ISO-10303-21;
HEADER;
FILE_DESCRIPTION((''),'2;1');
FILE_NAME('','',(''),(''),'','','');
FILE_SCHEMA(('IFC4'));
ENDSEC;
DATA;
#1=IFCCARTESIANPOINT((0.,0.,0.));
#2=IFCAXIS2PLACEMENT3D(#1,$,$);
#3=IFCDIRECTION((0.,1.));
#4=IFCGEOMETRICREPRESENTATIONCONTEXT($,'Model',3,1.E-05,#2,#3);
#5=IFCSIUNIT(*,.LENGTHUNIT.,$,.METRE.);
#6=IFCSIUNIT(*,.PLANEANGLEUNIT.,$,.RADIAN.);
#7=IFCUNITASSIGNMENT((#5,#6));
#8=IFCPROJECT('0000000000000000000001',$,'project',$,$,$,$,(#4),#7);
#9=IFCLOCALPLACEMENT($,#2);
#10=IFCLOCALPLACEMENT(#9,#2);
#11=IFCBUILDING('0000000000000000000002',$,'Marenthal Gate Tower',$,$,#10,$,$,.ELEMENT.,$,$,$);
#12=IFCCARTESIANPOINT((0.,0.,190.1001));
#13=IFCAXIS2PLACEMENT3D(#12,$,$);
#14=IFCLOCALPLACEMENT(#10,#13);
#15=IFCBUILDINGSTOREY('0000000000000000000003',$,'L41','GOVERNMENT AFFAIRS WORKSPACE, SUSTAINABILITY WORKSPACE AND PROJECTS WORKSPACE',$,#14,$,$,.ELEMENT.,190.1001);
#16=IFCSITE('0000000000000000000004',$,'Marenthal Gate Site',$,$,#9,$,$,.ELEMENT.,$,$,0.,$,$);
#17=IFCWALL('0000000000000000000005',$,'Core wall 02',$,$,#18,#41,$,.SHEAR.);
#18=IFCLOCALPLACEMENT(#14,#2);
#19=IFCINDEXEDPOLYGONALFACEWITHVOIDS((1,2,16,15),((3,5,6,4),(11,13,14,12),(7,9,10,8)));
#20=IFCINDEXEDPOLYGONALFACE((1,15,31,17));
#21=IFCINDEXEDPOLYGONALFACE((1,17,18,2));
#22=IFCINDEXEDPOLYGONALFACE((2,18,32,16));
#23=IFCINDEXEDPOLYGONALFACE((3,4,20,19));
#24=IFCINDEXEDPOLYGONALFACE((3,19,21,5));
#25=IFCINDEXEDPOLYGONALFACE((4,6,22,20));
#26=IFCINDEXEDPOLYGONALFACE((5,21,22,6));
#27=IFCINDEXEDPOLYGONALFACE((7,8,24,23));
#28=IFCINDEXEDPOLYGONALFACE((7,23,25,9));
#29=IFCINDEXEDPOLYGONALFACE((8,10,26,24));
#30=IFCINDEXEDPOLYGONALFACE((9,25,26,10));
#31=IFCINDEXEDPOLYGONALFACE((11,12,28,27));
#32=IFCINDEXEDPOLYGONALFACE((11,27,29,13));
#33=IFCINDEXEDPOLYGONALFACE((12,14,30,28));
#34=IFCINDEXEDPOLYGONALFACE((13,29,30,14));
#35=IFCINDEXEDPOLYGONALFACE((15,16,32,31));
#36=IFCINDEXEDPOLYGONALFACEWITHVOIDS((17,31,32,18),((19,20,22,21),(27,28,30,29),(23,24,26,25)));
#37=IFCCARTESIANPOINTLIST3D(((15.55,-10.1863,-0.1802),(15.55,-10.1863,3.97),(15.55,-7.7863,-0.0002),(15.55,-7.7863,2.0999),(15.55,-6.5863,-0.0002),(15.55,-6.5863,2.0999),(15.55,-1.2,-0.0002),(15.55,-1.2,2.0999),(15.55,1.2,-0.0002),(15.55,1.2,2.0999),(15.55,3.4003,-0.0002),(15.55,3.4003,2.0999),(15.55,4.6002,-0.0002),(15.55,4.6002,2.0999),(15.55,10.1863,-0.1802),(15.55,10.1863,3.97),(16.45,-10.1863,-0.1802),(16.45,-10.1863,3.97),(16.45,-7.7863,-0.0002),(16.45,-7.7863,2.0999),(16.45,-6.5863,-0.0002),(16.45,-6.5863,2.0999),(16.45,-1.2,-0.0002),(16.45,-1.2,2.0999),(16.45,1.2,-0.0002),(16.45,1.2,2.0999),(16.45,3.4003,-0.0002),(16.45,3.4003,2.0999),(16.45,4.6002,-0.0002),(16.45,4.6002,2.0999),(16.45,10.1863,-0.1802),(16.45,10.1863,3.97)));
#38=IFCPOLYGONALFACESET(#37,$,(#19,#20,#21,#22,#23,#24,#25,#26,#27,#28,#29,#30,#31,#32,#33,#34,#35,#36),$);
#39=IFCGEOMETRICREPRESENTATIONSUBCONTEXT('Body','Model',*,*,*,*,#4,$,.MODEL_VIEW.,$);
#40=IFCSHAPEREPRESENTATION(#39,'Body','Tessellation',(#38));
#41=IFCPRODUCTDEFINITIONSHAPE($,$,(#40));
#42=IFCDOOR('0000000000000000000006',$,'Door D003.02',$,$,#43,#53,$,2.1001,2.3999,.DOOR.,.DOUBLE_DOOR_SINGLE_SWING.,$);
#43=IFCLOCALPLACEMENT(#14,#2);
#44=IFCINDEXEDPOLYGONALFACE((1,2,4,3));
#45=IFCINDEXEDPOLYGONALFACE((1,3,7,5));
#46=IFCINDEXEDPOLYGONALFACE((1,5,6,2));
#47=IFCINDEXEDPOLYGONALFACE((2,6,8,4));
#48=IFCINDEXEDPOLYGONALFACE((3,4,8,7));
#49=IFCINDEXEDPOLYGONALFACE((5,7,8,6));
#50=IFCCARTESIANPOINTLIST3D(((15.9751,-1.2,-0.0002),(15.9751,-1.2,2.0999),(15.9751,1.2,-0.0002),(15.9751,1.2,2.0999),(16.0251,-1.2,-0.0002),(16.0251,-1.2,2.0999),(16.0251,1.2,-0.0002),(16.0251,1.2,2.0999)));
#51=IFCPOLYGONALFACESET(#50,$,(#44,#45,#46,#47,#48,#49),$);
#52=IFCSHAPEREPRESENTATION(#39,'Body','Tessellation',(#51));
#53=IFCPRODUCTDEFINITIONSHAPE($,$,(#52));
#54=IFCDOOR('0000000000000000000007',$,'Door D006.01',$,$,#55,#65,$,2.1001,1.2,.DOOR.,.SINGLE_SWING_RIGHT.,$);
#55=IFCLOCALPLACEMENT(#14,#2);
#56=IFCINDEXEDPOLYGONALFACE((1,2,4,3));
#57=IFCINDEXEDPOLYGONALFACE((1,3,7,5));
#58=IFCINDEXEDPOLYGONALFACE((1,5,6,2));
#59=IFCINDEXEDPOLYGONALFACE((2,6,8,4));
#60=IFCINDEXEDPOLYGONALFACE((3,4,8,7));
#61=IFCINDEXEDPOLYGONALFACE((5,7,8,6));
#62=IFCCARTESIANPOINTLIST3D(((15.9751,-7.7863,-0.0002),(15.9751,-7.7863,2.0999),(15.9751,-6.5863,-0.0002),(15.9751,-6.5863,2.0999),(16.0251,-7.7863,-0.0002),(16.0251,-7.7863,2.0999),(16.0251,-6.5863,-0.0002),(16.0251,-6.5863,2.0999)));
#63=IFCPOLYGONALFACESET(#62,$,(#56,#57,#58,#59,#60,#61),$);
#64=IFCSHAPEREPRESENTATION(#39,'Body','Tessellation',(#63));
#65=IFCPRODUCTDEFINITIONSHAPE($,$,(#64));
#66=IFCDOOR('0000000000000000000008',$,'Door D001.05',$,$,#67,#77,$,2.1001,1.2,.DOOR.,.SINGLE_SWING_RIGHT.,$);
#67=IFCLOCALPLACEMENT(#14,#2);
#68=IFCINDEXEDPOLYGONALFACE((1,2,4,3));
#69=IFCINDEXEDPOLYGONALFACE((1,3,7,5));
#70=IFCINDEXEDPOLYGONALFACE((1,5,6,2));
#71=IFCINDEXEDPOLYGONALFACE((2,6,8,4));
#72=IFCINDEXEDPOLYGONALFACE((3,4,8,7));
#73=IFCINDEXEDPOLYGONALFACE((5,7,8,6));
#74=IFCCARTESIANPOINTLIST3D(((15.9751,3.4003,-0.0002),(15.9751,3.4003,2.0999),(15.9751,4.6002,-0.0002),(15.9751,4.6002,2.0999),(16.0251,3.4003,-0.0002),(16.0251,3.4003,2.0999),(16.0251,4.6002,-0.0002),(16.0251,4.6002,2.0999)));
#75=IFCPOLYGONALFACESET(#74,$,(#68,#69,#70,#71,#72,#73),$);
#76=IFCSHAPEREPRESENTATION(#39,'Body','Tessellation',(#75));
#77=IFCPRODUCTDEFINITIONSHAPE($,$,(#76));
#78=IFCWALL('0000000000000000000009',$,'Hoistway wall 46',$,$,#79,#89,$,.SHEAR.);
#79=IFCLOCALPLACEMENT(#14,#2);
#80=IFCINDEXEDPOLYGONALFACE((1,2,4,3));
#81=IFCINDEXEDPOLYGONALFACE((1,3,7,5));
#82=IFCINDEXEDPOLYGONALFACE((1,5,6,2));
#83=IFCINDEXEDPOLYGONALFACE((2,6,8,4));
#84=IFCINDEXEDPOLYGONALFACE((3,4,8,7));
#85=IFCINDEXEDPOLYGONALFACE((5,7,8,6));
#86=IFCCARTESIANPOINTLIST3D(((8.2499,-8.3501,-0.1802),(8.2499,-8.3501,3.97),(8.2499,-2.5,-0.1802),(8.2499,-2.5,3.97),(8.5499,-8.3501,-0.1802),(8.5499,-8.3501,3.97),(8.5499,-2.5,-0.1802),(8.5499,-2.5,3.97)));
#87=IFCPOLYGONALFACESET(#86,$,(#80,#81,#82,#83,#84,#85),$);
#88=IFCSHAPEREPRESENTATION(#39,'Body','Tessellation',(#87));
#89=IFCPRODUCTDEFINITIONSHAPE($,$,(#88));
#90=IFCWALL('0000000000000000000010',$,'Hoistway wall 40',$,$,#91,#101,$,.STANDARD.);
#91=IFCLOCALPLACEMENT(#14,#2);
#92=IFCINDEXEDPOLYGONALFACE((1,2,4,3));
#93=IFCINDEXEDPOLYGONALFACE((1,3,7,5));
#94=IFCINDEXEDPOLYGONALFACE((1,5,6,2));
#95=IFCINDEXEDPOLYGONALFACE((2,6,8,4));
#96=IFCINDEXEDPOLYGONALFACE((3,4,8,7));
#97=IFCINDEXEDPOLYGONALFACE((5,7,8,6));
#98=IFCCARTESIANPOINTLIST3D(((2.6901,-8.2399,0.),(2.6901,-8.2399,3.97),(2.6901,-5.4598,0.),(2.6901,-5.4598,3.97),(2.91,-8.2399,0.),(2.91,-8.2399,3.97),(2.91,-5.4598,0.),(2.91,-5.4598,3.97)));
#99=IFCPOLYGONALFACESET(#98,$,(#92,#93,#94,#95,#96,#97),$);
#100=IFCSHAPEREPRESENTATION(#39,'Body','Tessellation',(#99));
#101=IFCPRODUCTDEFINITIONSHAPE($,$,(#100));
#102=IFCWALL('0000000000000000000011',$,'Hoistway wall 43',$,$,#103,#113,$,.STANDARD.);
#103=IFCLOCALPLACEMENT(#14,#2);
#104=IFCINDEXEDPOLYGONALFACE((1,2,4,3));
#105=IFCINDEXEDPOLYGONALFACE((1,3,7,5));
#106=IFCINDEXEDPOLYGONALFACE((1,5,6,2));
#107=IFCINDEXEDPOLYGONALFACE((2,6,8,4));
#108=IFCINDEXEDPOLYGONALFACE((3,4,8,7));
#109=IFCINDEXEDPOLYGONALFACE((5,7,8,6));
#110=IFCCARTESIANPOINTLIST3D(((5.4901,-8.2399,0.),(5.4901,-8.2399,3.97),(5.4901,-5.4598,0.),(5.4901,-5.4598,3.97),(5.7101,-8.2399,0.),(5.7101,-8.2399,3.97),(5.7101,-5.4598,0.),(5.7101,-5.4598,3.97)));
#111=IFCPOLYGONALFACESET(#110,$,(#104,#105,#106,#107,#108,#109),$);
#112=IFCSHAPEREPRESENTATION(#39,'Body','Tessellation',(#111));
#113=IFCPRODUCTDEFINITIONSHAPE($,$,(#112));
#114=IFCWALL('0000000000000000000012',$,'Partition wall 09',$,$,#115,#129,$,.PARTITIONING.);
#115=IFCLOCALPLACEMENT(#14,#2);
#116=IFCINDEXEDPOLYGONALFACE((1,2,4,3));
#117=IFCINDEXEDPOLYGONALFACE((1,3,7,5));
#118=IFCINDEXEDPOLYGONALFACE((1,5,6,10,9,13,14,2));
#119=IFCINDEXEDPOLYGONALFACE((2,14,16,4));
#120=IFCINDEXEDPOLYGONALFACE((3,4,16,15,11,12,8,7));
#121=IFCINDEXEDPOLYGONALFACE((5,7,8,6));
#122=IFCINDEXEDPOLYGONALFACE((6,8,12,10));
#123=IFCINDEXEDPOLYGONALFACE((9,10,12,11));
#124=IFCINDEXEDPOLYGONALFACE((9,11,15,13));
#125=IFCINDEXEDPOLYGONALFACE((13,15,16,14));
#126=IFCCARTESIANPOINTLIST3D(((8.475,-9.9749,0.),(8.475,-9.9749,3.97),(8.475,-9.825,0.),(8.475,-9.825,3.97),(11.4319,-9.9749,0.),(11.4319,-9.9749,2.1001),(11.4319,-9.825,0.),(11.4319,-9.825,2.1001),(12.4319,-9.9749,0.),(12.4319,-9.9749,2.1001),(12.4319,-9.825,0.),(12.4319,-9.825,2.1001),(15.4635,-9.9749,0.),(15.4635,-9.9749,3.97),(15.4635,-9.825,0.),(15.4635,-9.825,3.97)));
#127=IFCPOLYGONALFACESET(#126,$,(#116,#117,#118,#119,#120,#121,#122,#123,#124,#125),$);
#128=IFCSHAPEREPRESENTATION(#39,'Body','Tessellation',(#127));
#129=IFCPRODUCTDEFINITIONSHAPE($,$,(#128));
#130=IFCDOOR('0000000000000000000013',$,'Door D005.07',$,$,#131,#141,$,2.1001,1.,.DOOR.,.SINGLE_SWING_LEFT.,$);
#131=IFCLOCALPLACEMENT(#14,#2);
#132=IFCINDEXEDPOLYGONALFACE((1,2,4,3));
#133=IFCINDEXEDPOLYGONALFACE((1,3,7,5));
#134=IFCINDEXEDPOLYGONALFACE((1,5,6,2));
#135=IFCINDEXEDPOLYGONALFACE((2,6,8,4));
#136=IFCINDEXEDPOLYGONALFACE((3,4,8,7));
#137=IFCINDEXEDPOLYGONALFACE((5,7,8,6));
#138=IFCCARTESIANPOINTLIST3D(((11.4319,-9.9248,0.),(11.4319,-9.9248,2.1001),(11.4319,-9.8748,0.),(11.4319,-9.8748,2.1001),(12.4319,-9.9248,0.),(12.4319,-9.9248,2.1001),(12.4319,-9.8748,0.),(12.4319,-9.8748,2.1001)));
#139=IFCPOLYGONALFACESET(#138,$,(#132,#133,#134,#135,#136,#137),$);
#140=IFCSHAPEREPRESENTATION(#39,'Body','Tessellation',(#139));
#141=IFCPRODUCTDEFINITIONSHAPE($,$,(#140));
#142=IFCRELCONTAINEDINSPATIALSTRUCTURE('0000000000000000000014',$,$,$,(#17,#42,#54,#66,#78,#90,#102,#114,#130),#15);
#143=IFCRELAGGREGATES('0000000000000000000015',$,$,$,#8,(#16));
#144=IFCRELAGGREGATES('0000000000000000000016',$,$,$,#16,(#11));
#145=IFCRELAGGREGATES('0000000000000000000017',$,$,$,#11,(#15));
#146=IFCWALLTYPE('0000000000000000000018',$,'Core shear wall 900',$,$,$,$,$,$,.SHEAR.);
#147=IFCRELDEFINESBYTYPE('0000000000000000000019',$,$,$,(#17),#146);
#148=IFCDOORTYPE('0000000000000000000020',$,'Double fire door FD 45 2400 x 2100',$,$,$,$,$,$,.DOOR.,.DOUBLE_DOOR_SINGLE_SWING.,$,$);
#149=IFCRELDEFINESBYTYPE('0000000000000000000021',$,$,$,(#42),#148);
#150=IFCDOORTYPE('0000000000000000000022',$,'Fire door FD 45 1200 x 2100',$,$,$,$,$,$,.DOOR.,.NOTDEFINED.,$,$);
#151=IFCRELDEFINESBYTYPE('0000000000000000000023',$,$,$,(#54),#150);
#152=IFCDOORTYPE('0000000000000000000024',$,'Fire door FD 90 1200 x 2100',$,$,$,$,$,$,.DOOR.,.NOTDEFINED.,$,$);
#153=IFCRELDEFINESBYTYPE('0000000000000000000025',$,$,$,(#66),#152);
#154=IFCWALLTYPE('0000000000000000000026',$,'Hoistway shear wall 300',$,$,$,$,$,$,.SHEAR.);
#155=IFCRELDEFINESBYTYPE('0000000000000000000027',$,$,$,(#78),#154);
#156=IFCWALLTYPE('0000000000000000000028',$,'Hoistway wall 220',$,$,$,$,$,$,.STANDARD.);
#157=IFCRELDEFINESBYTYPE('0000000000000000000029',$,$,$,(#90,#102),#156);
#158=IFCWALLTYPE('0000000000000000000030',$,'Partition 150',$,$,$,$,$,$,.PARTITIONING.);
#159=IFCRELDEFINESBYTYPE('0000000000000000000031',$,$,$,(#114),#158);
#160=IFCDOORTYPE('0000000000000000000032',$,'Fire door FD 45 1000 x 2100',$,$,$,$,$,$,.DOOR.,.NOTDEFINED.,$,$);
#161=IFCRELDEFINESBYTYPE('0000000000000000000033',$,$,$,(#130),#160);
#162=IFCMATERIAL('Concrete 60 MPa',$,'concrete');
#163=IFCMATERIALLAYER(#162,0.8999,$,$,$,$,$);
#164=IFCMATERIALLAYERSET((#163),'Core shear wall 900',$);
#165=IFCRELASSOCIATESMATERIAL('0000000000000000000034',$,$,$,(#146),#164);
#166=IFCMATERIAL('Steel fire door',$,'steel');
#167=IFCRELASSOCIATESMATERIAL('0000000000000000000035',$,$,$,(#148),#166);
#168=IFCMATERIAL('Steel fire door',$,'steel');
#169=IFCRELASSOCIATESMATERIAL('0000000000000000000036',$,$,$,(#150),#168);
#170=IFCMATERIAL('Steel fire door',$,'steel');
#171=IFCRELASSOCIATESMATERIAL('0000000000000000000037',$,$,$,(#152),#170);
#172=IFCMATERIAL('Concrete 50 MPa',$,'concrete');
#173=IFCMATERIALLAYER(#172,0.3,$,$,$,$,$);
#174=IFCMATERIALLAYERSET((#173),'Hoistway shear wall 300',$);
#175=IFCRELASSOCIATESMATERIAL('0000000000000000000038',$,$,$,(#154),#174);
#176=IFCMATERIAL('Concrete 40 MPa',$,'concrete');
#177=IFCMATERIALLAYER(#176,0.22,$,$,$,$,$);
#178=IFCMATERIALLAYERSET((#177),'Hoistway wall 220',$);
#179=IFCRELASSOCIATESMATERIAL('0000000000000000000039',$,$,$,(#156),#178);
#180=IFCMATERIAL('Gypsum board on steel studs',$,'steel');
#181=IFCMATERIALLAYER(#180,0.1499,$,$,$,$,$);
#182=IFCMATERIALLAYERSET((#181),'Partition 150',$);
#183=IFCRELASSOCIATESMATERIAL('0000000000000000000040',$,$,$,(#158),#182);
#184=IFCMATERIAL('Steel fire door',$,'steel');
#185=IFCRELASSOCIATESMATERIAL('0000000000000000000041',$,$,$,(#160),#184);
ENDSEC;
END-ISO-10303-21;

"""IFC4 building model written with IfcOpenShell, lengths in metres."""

from ifc_helpers import new_model, si_unit, direction, frame, frame_2d, origin, place, context, subcontext, project, spatial, rectangle, extrude, material, layer, layer_set, type_object, element, fill, save


model = new_model("IFC4")

# Units and contexts
model_context = context("Model", 3, precision=1e-05, world=origin(), true_north=direction((0.0, 1.0)))
body_context = subcontext(model_context, "Body", "Model", "MODEL_VIEW")
ifc_project = project(units=[si_unit("LENGTHUNIT", "METRE"), si_unit("PLANEANGLEUNIT", "RADIAN")], contexts=[model_context])

# Site, building, storey
site_placement = place(None, origin())
site = spatial("IfcSite", under=ifc_project, at=site_placement, Name="Marenthal Gate Site", CompositionType="ELEMENT", RefElevation=0.0)
building_placement = place(site_placement, origin())
building = spatial("IfcBuilding", under=site, at=building_placement, Name="Marenthal Gate Tower", CompositionType="ELEMENT")
storey_placement = place(building_placement, frame((0.0, 0.0, 190.1001)))
storey = spatial("IfcBuildingStorey", under=building, at=storey_placement, Name="L41", Description="GOVERNMENT AFFAIRS WORKSPACE, SUSTAINABILITY WORKSPACE AND PROJECTS WORKSPACE", CompositionType="ELEMENT", Elevation=190.1001)

# Wall, openings, doors
ifc_material_1 = material(Name="Concrete 60 MPa", Category="concrete")
ifc_layer_1 = layer(ifc_material_1, 0.8999)
ifc_layer_set_1 = layer_set([ifc_layer_1], Name="Core shear wall 900")
wall_type_1 = type_object("IfcWallType", Name="Core shear wall 900", PredefinedType="SHEAR", material=ifc_layer_set_1)
wall_1_placement = place(storey_placement, frame((16.0, -10.1863, -0.1802), z_axis=(0.0, 0.0, 1.0), x_axis=(0.0, 1.0, 0.0)))
wall_1 = element("IfcWall", 1, at=wall_1_placement, inside=storey, type_object=wall_type_1, Name="Core wall 02", PredefinedType="SHEAR", context=body_context, shape_type="SweptSolid", body=[
    extrude(rectangle(XDim=20.3726, YDim=0.8999, at=frame_2d((10.1863, 0.0))), origin(), (0.0, 0.0, 1.0), 4.1501),
])
opening_1_placement = place(wall_1_placement, frame((8.9863, 0.0, 0.1799)))
opening_1 = element("IfcOpeningElement", 2, at=opening_1_placement, cuts=wall_1, PredefinedType="OPENING", context=body_context, shape_type="SweptSolid", body=[
    extrude(rectangle(XDim=2.3999, YDim=2.1001, at=frame_2d((1.2, 1.05))), frame((0.0, 0.46, 0.0), z_axis=(0.0, -1.0, 0.0), x_axis=(1.0, 0.0, 0.0)), (0.0, 0.0, 1.0), 0.9199),
])
opening_2_placement = place(wall_1_placement, frame((13.5864, 0.0, 0.1799)))
opening_2 = element("IfcOpeningElement", 3, at=opening_2_placement, cuts=wall_1, PredefinedType="OPENING", context=body_context, shape_type="SweptSolid", body=[
    extrude(rectangle(XDim=1.2, YDim=2.1001, at=frame_2d((0.6001, 1.05))), frame((0.0, 0.46, 0.0), z_axis=(0.0, -1.0, 0.0), x_axis=(1.0, 0.0, 0.0)), (0.0, 0.0, 1.0), 0.9199),
])
opening_3_placement = place(wall_1_placement, frame((2.3999, 0.0, 0.1799)))
opening_3 = element("IfcOpeningElement", 4, at=opening_3_placement, cuts=wall_1, PredefinedType="OPENING", context=body_context, shape_type="SweptSolid", body=[
    extrude(rectangle(XDim=1.2, YDim=2.1001, at=frame_2d((0.6001, 1.05))), frame((0.0, 0.46, 0.0), z_axis=(0.0, -1.0, 0.0), x_axis=(1.0, 0.0, 0.0)), (0.0, 0.0, 1.0), 0.9199),
])
ifc_material_2 = material(Name="Steel fire door", Category="steel")
door_type_1 = type_object("IfcDoorType", Name="Double fire door FD 45 2400 x 2100", OperationType="DOUBLE_DOOR_SINGLE_SWING", PredefinedType="DOOR", material=ifc_material_2)
door_1_placement = place(opening_1_placement, origin())
door_1 = element("IfcDoor", 5, at=door_1_placement, inside=storey, type_object=door_type_1, Name="Door D003.02", OperationType="DOUBLE_DOOR_SINGLE_SWING", OverallHeight=2.1001, OverallWidth=2.3999, PredefinedType="DOOR", context=body_context, shape_type="SweptSolid", body=[
    extrude(rectangle(XDim=2.3999, YDim=2.1001, at=frame_2d((1.2, 1.05))), frame((0.0, 0.0249, 0.0), z_axis=(0.0, -1.0, 0.0), x_axis=(1.0, 0.0, 0.0)), (0.0, 0.0, 1.0), 0.05),
])
fill(opening_1, door_1)
ifc_material_3 = material(Name="Steel fire door", Category="steel")
door_type_2 = type_object("IfcDoorType", Name="Fire door FD 45 1200 x 2100", OperationType="NOTDEFINED", PredefinedType="DOOR", material=ifc_material_3)
door_2_placement = place(opening_3_placement, origin())
door_2 = element("IfcDoor", 6, at=door_2_placement, inside=storey, type_object=door_type_2, Name="Door D006.01", OperationType="SINGLE_SWING_RIGHT", OverallHeight=2.1001, OverallWidth=1.2, PredefinedType="DOOR", context=body_context, shape_type="SweptSolid", body=[
    extrude(rectangle(XDim=1.2, YDim=2.1001, at=frame_2d((0.6001, 1.05))), frame((0.0, 0.0249, 0.0), z_axis=(0.0, -1.0, 0.0), x_axis=(1.0, 0.0, 0.0)), (0.0, 0.0, 1.0), 0.05),
])
fill(opening_3, door_2)
ifc_material_4 = material(Name="Steel fire door", Category="steel")
door_type_3 = type_object("IfcDoorType", Name="Fire door FD 90 1200 x 2100", OperationType="NOTDEFINED", PredefinedType="DOOR", material=ifc_material_4)
door_3_placement = place(opening_2_placement, origin())
door_3 = element("IfcDoor", 7, at=door_3_placement, inside=storey, type_object=door_type_3, Name="Door D001.05", OperationType="SINGLE_SWING_RIGHT", OverallHeight=2.1001, OverallWidth=1.2, PredefinedType="DOOR", context=body_context, shape_type="SweptSolid", body=[
    extrude(rectangle(XDim=1.2, YDim=2.1001, at=frame_2d((0.6001, 1.05))), frame((0.0, 0.0249, 0.0), z_axis=(0.0, -1.0, 0.0), x_axis=(1.0, 0.0, 0.0)), (0.0, 0.0, 1.0), 0.05),
])
fill(opening_2, door_3)

# Walls
ifc_material_5 = material(Name="Concrete 50 MPa", Category="concrete")
ifc_layer_2 = layer(ifc_material_5, 0.3)
ifc_layer_set_2 = layer_set([ifc_layer_2], Name="Hoistway shear wall 300")
wall_type_2 = type_object("IfcWallType", Name="Hoistway shear wall 300", PredefinedType="SHEAR", material=ifc_layer_set_2)
wall_2_placement = place(storey_placement, frame((8.3999, -8.3501, -0.1802), z_axis=(0.0, 0.0, 1.0), x_axis=(0.0, 1.0, 0.0)))
element("IfcWall", 8, at=wall_2_placement, inside=storey, type_object=wall_type_2, Name="Hoistway wall 46", PredefinedType="SHEAR", context=body_context, shape_type="SweptSolid", body=[
    extrude(rectangle(XDim=5.8501, YDim=0.3, at=frame_2d((2.925, 0.0))), origin(), (0.0, 0.0, 1.0), 4.1501),
])
ifc_material_6 = material(Name="Concrete 40 MPa", Category="concrete")
ifc_layer_3 = layer(ifc_material_6, 0.22)
ifc_layer_set_3 = layer_set([ifc_layer_3], Name="Hoistway wall 220")
wall_type_3 = type_object("IfcWallType", Name="Hoistway wall 220", PredefinedType="STANDARD", material=ifc_layer_set_3)
for number, where, z_axis, x_axis, name in (
    (9, (2.8, -8.24, 0.0), (0.0, 0.0, 1.0), (0.0, 1.0, 0.0), "Hoistway wall 40"),
    (10, (5.6001, -8.24, 0.0), (0.0, 0.0, 1.0), (0.0, 1.0, 0.0), "Hoistway wall 43"),
):
    element("IfcWall", number, at=place(storey_placement, frame(where, z_axis=z_axis, x_axis=x_axis)), inside=storey, type_object=wall_type_3, Name=name, PredefinedType="STANDARD", context=body_context, shape_type="SweptSolid", body=[
        extrude(rectangle(XDim=2.78, YDim=0.22, at=frame_2d((1.3901, 0.0))), origin(), (0.0, 0.0, 1.0), 3.97),
    ])

# Wall, opening, door
ifc_material_7 = material(Name="Gypsum board on steel studs", Category="steel")
ifc_layer_4 = layer(ifc_material_7, 0.1499)
ifc_layer_set_4 = layer_set([ifc_layer_4], Name="Partition 150")
wall_type_4 = type_object("IfcWallType", Name="Partition 150", PredefinedType="PARTITIONING", material=ifc_layer_set_4)
wall_3_placement = place(storey_placement, frame((8.4751, -9.8999, 0.0), z_axis=(0.0, 0.0, 1.0), x_axis=(1.0, 0.0, 0.0)))
wall_3 = element("IfcWall", 11, at=wall_3_placement, inside=storey, type_object=wall_type_4, Name="Partition wall 09", PredefinedType="PARTITIONING", context=body_context, shape_type="SweptSolid", body=[
    extrude(rectangle(XDim=6.9885, YDim=0.1499, at=frame_2d((3.4941, 0.0))), origin(), (0.0, 0.0, 1.0), 3.97),
])
opening_4_placement = place(wall_3_placement, frame((2.9568, 0.0, 0.0)))
opening_4 = element("IfcOpeningElement", 12, at=opening_4_placement, cuts=wall_3, PredefinedType="OPENING", context=body_context, shape_type="SweptSolid", body=[
    extrude(rectangle(XDim=1.0, YDim=2.1001, at=frame_2d((0.5, 1.05))), frame((0.0, 0.085, 0.0), z_axis=(0.0, -1.0, 0.0), x_axis=(1.0, 0.0, 0.0)), (0.0, 0.0, 1.0), 0.1699),
])
ifc_material_8 = material(Name="Steel fire door", Category="steel")
door_type_4 = type_object("IfcDoorType", Name="Fire door FD 45 1000 x 2100", OperationType="NOTDEFINED", PredefinedType="DOOR", material=ifc_material_8)
door_4_placement = place(opening_4_placement, frame((1.0, 0.0, 0.0), z_axis=(0.0, 0.0, 1.0), x_axis=(-1.0, 0.0, 0.0)))
door_4 = element("IfcDoor", 13, at=door_4_placement, inside=storey, type_object=door_type_4, Name="Door D005.07", OperationType="SINGLE_SWING_LEFT", OverallHeight=2.1001, OverallWidth=1.0, PredefinedType="DOOR", context=body_context, shape_type="SweptSolid", body=[
    extrude(rectangle(XDim=1.0, YDim=2.1001, at=frame_2d((0.5, 1.05))), frame((0.0, 0.0249, 0.0), z_axis=(0.0, -1.0, 0.0), x_axis=(1.0, 0.0, 0.0)), (0.0, 0.0, 1.0), 0.05),
])
fill(opening_4, door_4)

save(model, "model.ifc")
